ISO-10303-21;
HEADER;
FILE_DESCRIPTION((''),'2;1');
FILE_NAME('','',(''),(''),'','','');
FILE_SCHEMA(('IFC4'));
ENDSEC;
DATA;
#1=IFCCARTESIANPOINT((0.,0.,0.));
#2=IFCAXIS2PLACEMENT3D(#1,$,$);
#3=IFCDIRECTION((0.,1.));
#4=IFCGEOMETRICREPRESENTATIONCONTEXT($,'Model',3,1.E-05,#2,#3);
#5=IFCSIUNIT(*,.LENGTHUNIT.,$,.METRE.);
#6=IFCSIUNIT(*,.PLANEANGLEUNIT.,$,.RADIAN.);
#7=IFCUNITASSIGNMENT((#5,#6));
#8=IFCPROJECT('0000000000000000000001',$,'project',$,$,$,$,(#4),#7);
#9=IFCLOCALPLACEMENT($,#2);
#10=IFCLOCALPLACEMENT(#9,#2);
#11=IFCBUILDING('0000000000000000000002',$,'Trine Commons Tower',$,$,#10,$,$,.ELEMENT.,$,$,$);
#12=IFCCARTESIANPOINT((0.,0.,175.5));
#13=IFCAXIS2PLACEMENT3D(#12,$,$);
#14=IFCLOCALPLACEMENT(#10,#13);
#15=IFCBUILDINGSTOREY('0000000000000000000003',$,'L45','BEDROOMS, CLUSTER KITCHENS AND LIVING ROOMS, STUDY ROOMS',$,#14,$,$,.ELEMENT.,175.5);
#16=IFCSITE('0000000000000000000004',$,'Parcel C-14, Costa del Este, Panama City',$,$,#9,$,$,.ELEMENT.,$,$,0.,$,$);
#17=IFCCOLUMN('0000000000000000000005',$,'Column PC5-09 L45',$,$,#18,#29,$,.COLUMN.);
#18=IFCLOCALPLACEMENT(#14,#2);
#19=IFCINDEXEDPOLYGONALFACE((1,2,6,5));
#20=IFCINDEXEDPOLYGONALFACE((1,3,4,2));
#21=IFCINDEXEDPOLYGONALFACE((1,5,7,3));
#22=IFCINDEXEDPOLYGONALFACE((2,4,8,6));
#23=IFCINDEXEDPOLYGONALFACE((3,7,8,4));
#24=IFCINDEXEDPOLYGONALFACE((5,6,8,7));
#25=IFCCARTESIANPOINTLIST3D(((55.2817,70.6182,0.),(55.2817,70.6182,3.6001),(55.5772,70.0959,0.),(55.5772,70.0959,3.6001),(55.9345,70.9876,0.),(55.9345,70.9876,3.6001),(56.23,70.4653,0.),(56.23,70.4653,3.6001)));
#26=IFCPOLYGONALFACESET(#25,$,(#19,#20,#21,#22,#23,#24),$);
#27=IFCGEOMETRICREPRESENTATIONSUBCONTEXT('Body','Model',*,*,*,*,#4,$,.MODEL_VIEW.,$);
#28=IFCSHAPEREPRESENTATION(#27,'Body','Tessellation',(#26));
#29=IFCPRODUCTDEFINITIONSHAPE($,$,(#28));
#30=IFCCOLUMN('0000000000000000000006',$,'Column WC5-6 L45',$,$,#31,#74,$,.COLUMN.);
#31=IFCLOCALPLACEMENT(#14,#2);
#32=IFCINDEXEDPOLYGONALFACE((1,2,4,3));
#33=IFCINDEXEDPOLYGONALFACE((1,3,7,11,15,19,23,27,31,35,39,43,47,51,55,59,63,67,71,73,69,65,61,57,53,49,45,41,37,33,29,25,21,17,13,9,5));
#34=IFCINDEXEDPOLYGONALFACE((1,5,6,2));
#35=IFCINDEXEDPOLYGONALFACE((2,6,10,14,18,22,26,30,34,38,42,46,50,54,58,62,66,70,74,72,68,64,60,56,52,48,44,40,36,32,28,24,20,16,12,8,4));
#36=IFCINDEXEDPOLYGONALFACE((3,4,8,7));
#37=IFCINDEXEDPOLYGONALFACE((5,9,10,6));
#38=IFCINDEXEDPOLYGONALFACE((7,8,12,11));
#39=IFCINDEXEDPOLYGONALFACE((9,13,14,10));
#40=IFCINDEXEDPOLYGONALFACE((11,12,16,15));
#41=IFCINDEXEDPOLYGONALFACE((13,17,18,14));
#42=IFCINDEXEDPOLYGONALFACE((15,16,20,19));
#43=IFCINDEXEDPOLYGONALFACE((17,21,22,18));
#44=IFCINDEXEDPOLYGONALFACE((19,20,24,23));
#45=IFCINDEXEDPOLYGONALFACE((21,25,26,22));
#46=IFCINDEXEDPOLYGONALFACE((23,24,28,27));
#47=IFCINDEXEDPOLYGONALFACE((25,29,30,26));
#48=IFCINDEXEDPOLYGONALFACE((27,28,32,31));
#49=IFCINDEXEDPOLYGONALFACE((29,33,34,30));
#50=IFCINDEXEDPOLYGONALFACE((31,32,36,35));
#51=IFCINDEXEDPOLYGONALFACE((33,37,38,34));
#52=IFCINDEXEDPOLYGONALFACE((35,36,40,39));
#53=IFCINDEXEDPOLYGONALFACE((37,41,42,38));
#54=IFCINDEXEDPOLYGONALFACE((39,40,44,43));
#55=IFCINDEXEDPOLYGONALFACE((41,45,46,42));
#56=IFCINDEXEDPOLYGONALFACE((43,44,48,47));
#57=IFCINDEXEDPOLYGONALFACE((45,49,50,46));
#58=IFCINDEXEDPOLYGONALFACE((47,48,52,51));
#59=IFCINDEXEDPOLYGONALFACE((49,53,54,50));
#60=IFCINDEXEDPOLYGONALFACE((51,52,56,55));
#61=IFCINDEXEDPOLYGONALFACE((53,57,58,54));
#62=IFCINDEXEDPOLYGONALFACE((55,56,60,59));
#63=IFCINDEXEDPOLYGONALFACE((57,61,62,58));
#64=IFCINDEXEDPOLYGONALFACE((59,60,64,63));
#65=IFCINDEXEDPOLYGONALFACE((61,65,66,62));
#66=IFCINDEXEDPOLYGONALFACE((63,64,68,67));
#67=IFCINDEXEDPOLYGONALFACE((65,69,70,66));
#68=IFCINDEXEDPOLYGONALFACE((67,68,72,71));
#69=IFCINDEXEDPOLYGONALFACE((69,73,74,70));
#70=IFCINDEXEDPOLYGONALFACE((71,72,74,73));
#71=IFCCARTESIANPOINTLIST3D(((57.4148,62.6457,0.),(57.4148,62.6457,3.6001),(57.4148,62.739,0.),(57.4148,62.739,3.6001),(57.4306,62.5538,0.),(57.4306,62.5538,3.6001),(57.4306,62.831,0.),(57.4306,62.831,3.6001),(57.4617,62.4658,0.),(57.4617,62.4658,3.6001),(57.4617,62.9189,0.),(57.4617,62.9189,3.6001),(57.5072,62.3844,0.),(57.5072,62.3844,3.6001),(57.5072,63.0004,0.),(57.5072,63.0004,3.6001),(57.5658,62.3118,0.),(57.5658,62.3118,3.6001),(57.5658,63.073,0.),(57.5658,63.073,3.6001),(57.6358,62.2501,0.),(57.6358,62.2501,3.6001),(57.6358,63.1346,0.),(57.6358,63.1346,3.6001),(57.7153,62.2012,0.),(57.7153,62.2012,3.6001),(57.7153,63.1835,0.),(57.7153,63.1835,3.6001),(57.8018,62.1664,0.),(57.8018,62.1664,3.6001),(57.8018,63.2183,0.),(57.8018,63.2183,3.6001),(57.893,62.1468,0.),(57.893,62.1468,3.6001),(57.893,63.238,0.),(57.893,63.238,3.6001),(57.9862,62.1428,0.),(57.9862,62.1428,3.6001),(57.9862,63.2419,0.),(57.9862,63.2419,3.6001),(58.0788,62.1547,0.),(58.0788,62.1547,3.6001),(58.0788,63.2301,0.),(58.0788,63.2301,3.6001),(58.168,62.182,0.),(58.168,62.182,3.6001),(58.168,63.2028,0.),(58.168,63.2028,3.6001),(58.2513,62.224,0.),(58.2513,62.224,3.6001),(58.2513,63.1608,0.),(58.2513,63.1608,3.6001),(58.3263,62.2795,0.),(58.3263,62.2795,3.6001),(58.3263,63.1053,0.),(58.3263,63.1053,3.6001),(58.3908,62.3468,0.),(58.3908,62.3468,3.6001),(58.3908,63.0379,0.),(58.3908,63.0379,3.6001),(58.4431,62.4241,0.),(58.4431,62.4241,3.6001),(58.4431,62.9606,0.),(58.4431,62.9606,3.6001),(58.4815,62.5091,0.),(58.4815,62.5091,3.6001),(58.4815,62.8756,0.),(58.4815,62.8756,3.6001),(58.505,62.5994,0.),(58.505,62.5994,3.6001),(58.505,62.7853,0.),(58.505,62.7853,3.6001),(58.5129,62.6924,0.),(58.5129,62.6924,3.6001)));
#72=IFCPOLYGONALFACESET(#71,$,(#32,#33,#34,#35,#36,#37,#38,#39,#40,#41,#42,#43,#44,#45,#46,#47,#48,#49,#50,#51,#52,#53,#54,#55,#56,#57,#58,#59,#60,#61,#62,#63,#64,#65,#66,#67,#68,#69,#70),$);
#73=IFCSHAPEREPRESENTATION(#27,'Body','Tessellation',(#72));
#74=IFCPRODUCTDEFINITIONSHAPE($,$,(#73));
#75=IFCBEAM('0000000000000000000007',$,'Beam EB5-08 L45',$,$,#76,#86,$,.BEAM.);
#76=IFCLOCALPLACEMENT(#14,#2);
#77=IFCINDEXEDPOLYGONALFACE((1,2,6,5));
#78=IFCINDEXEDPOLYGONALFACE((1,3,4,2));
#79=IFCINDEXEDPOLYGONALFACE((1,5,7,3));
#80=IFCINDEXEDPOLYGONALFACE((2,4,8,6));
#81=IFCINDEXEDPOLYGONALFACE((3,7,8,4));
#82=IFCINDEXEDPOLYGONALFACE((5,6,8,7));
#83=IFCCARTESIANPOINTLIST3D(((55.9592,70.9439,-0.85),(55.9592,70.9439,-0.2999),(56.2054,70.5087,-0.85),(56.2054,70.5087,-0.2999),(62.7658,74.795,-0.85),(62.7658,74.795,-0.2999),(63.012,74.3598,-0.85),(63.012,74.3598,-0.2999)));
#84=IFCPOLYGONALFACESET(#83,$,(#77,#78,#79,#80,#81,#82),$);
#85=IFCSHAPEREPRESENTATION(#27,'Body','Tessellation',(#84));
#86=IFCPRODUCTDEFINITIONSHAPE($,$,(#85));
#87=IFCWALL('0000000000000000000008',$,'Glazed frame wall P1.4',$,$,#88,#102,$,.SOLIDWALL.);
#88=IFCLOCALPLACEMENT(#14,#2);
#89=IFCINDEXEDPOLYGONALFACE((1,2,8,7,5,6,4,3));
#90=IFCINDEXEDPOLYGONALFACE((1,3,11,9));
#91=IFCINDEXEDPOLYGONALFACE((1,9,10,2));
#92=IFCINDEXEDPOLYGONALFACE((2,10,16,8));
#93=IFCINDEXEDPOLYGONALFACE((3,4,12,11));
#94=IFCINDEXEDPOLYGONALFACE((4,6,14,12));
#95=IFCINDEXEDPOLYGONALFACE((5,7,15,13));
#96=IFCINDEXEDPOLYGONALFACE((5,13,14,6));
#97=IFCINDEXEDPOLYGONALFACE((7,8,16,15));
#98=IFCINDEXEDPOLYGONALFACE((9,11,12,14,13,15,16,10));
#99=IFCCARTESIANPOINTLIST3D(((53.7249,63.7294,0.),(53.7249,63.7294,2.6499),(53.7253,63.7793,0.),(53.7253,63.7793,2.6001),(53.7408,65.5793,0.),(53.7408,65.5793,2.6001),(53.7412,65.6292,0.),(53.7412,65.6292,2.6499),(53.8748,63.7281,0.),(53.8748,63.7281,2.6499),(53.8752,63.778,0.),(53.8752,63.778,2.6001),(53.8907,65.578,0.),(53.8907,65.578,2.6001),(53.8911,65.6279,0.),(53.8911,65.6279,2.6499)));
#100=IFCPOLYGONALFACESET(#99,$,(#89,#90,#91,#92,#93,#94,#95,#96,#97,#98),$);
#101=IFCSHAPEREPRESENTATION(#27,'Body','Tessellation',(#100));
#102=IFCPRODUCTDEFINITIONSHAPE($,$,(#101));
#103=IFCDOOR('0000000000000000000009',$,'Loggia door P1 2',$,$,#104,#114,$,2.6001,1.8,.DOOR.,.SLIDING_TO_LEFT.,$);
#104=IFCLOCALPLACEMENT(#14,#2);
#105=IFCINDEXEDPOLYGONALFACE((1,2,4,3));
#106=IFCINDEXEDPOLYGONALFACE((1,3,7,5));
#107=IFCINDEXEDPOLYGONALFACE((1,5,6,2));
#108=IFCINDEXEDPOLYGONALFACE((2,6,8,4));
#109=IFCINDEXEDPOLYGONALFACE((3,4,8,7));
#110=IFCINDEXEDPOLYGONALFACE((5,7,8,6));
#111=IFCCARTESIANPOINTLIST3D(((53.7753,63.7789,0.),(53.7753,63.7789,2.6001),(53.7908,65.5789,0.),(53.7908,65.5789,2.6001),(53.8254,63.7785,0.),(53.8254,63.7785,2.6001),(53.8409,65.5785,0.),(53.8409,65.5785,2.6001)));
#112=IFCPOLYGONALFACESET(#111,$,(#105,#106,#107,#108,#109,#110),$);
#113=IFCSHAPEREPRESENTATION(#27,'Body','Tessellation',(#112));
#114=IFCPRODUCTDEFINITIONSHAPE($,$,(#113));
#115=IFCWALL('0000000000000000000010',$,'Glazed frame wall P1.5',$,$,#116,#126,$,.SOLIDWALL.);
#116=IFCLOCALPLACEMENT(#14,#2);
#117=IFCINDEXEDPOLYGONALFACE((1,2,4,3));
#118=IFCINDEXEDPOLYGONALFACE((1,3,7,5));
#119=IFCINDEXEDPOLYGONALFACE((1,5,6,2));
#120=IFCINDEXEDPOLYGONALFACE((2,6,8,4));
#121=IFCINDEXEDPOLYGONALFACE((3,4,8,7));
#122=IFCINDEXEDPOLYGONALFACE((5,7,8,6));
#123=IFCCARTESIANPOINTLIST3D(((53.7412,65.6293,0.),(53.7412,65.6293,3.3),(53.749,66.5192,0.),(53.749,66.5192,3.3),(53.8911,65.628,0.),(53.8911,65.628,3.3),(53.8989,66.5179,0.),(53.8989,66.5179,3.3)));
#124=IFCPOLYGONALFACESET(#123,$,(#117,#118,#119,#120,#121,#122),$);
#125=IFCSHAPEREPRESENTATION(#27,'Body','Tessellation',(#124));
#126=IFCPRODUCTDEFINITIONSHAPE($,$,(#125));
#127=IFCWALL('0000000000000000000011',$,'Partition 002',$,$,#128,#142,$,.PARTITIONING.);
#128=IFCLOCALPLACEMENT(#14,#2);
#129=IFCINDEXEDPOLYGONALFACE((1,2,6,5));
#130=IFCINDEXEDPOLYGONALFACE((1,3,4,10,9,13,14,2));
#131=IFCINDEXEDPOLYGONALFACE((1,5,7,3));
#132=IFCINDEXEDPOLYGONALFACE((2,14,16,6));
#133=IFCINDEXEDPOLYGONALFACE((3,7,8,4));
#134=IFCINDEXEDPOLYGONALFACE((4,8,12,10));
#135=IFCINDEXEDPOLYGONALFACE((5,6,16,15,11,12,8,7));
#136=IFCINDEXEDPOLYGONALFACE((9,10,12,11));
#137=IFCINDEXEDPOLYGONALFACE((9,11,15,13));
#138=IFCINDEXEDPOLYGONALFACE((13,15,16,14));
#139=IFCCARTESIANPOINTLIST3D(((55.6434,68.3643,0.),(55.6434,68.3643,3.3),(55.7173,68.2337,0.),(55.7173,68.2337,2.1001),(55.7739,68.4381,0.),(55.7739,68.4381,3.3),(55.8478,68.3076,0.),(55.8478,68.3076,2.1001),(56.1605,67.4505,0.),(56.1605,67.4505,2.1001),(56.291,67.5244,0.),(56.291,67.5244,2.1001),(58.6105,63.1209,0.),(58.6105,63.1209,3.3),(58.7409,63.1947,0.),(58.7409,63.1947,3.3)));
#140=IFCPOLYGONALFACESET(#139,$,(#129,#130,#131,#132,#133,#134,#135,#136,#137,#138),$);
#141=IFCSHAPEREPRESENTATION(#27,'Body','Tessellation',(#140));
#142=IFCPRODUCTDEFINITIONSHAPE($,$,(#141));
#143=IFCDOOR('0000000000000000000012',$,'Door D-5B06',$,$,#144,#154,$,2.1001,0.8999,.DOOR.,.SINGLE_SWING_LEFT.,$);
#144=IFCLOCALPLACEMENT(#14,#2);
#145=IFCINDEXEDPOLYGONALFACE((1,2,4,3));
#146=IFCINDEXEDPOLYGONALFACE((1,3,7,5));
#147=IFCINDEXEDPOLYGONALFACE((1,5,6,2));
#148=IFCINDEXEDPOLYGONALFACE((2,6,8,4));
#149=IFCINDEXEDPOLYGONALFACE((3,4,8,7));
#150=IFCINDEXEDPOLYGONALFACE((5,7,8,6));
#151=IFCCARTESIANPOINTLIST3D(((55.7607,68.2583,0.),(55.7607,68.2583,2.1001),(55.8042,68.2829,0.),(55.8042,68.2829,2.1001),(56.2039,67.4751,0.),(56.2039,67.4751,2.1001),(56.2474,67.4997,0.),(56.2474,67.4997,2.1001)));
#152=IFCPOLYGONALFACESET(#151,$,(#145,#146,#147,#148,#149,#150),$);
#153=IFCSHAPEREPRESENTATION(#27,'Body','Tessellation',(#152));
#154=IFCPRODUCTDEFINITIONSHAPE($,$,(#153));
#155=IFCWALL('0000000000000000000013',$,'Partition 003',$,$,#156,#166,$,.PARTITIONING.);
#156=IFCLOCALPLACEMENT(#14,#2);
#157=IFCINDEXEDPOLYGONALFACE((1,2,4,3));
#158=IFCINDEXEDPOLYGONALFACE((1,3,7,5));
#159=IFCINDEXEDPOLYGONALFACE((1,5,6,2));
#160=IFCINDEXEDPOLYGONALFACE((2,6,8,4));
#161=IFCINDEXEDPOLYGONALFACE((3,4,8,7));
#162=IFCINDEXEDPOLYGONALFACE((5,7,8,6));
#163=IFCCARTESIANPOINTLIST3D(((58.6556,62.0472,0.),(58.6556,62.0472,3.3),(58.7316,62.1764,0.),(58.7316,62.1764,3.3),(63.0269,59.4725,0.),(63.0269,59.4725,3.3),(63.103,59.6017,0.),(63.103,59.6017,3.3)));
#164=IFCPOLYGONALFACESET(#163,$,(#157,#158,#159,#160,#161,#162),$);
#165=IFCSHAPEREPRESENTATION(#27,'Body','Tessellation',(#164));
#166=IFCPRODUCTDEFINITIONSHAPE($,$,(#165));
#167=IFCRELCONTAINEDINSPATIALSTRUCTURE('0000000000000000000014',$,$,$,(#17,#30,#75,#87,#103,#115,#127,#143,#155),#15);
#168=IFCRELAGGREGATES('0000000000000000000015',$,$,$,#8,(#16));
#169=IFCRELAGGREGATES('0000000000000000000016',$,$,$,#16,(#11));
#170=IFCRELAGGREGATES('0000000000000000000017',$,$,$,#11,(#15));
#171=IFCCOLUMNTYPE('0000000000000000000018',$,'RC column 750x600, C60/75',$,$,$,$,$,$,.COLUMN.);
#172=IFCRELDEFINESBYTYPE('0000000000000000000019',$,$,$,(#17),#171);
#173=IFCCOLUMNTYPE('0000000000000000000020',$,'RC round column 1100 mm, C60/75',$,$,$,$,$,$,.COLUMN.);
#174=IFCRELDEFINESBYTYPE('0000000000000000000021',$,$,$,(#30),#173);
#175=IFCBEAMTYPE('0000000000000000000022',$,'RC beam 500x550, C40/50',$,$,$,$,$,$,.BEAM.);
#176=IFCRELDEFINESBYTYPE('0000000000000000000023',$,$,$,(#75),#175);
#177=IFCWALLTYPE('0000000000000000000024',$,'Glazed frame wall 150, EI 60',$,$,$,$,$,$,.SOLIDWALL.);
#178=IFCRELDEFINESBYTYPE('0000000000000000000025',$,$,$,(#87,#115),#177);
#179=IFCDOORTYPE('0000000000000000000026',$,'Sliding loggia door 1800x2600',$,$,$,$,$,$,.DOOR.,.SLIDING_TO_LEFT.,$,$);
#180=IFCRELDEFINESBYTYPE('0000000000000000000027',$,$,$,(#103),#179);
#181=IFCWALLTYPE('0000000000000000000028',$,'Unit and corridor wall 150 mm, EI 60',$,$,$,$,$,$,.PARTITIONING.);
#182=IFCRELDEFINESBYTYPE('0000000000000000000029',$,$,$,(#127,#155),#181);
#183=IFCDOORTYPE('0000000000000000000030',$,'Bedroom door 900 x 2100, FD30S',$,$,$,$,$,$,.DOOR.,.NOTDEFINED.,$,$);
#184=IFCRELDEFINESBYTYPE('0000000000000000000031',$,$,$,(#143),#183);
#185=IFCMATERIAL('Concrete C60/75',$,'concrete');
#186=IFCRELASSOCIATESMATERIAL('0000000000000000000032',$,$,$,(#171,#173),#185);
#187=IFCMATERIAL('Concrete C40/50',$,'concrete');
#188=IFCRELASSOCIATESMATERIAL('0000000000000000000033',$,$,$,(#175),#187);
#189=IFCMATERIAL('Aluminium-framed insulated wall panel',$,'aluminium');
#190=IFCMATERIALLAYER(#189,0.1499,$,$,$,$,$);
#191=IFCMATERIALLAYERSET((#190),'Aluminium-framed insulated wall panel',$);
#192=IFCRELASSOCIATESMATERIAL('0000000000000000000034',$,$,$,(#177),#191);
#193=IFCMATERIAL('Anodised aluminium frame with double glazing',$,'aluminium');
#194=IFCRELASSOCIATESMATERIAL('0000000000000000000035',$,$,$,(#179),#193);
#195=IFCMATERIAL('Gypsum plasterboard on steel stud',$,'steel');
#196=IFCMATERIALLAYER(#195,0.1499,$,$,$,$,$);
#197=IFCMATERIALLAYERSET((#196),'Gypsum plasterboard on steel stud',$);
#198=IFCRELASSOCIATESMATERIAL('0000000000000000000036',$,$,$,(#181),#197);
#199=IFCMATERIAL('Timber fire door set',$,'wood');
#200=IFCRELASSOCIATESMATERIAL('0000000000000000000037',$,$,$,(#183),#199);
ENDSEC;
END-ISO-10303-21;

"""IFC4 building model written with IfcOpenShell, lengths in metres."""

from ifc_helpers import new_model, si_unit, direction, frame, frame_2d, origin, origin_2d, place, context, subcontext, project, spatial, polyline, rectangle, circle, outline, extrude, material, layer, layer_set, material_profile, profile_set, type_object, element, fill, save


model = new_model("IFC4")

# Units and contexts
model_context = context("Model", 3, precision=1e-05, world=origin(), true_north=direction((0.0, 1.0)))
body_context = subcontext(model_context, "Body", "Model", "MODEL_VIEW")
ifc_project = project(units=[si_unit("LENGTHUNIT", "METRE"), si_unit("PLANEANGLEUNIT", "RADIAN")], contexts=[model_context])

# Site, building, storey
site_placement = place(None, origin())
site = spatial("IfcSite", under=ifc_project, at=site_placement, Name="Parcel C-14, Costa del Este, Panama City", CompositionType="ELEMENT", RefElevation=0.0)
building_placement = place(site_placement, origin())
building = spatial("IfcBuilding", under=site, at=building_placement, Name="Trine Commons Tower", CompositionType="ELEMENT")
storey_placement = place(building_placement, frame((0.0, 0.0, 175.5)))
storey = spatial("IfcBuildingStorey", under=building, at=storey_placement, Name="L45", Description="BEDROOMS, CLUSTER KITCHENS AND LIVING ROOMS, STUDY ROOMS", CompositionType="ELEMENT", Elevation=175.5)

# Columns
ifc_material_1 = material(Name="Concrete C60/75", Category="concrete")
ifc_material_profile_1 = material_profile(ifc_material_1, rectangle(XDim=0.75, YDim=0.6001, at=origin_2d()), Name="RC 750x600")
ifc_profile_set_1 = profile_set([ifc_material_profile_1], Name="Concrete C60/75")
column_type_1 = type_object("IfcColumnType", Name="RC column 750x600, C60/75", PredefinedType="COLUMN", material=ifc_profile_set_1)
column_1_placement = place(storey_placement, frame((55.7559, 70.5417, 0.0), z_axis=(0.0, 0.0, 1.0), x_axis=(0.870356, 0.492424, 0.0)))
element("IfcColumn", 1, at=column_1_placement, inside=storey, type_object=column_type_1, Name="Column PC5-09 L45", PredefinedType="COLUMN", context=body_context, shape_type="SweptSolid", body=[
    extrude(rectangle(XDim=0.75, YDim=0.6001, at=origin_2d()), origin(), (0.0, 0.0, 1.0), 3.6001),
])
ifc_material_profile_2 = material_profile(ifc_material_1, circle(Radius=0.55, at=origin_2d()), Name="RC round 1100")
ifc_profile_set_2 = profile_set([ifc_material_profile_2], Name="Concrete C60/75")
column_type_2 = type_object("IfcColumnType", Name="RC round column 1100 mm, C60/75", PredefinedType="COLUMN", material=ifc_profile_set_2)
column_2_placement = place(storey_placement, frame((57.9629, 62.6924, 0.0), z_axis=(0.0, 0.0, 1.0), x_axis=(1.0, 0.0, 0.0)))
element("IfcColumn", 2, at=column_2_placement, inside=storey, type_object=column_type_2, Name="Column WC5-6 L45", PredefinedType="COLUMN", context=body_context, shape_type="SweptSolid", body=[
    extrude(circle(Radius=0.55, at=origin_2d()), origin(), (0.0, 0.0, 1.0), 3.6001),
])

# Beam
ifc_material_2 = material(Name="Concrete C40/50", Category="concrete")
ifc_material_profile_3 = material_profile(ifc_material_2, rectangle(XDim=0.5, YDim=0.55, at=origin_2d()), Name="RC 500x550")
ifc_profile_set_3 = profile_set([ifc_material_profile_3], Name="Concrete C40/50")
beam_type = type_object("IfcBeamType", Name="RC beam 500x550, C40/50", PredefinedType="BEAM", material=ifc_profile_set_3)
beam_placement = place(storey_placement, frame((56.0823, 70.7263, -0.575), z_axis=(0.870352, 0.49243, 0.0), x_axis=(-0.49243, 0.870352, 0.0)))
element("IfcBeam", 3, at=beam_placement, inside=storey, type_object=beam_type, Name="Beam EB5-08 L45", PredefinedType="BEAM", context=body_context, shape_type="SweptSolid", body=[
    extrude(rectangle(XDim=0.5, YDim=0.55, at=origin_2d()), origin(), (0.0, 0.0, 1.0), 7.8206),
])

# Wall, opening, door
ifc_material_3 = material(Name="Aluminium-framed insulated wall panel", Category="aluminium")
ifc_layer_1 = layer(ifc_material_3, 0.1499)
ifc_layer_set_1 = layer_set([ifc_layer_1], Name="Aluminium-framed insulated wall panel")
wall_type_1 = type_object("IfcWallType", Name="Glazed frame wall 150, EI 60", PredefinedType="SOLIDWALL", material=ifc_layer_set_1)
wall_1_placement = place(storey_placement, frame((53.7998, 63.7288, 0.0), z_axis=(0.0, 0.0, 1.0), x_axis=(0.008609, 0.999963, 0.0)))
wall_1 = element("IfcWall", 4, at=wall_1_placement, inside=storey, type_object=wall_type_1, Name="Glazed frame wall P1.4", PredefinedType="SOLIDWALL", context=body_context, shape_type="SweptSolid", body=[
    extrude(outline(polyline([(0.0, -0.075), (1.8999, -0.075), (1.8999, 0.075), (0.0, 0.075), (0.0, -0.075)])), origin(), (0.0, 0.0, 1.0), 2.6499),
])
opening_1_placement = place(wall_1_placement, frame((0.05, 0.0, 0.0)))
opening_1 = element("IfcOpeningElement", 5, at=opening_1_placement, cuts=wall_1, PredefinedType="OPENING", context=body_context, shape_type="SweptSolid", body=[
    extrude(rectangle(XDim=1.8, YDim=2.6001, at=frame_2d((0.8999, 1.3))), frame((0.0, 0.085, 0.0), z_axis=(0.0, -1.0, 0.0), x_axis=(1.0, 0.0, 0.0)), (0.0, 0.0, 1.0), 0.1699),
])
ifc_material_4 = material(Name="Anodised aluminium frame with double glazing", Category="aluminium")
door_type_1 = type_object("IfcDoorType", Name="Sliding loggia door 1800x2600", OperationType="SLIDING_TO_LEFT", PredefinedType="DOOR", material=ifc_material_4)
door_1_placement = place(opening_1_placement, origin())
door_1 = element("IfcDoor", 6, at=door_1_placement, inside=storey, type_object=door_type_1, Name="Loggia door P1 2", OperationType="SLIDING_TO_LEFT", OverallHeight=2.6001, OverallWidth=1.8, PredefinedType="DOOR", context=body_context, shape_type="SweptSolid", body=[
    extrude(rectangle(XDim=1.8, YDim=2.6001, at=frame_2d((0.8999, 1.3))), frame((0.0, 0.0249, 0.0), z_axis=(0.0, -1.0, 0.0), x_axis=(1.0, 0.0, 0.0)), (0.0, 0.0, 1.0), 0.05),
])
fill(opening_1, door_1)

# Wall
wall_2_placement = place(storey_placement, frame((53.8162, 65.6287, 0.0), z_axis=(0.0, 0.0, 1.0), x_axis=(0.008789, 0.999961, 0.0)))
element("IfcWall", 7, at=wall_2_placement, inside=storey, type_object=wall_type_1, Name="Glazed frame wall P1.5", PredefinedType="SOLIDWALL", context=body_context, shape_type="SweptSolid", body=[
    extrude(outline(polyline([(0.8899, 0.075), (0.0, 0.075), (0.0, -0.075), (0.8899, -0.075), (0.8899, 0.075)])), origin(), (0.0, 0.0, 1.0), 3.3),
])

# Wall, opening, door
ifc_material_5 = material(Name="Gypsum plasterboard on steel stud", Category="steel")
ifc_layer_2 = layer(ifc_material_5, 0.1499)
ifc_layer_set_2 = layer_set([ifc_layer_2], Name="Gypsum plasterboard on steel stud")
wall_type_2 = type_object("IfcWallType", Name="Unit and corridor wall 150 mm, EI 60", PredefinedType="PARTITIONING", material=ifc_layer_set_2)
wall_3_placement = place(storey_placement, frame((55.7087, 68.4011, 0.0), z_axis=(0.0, 0.0, 1.0), x_axis=(0.492482, -0.870323, 0.0)))
wall_3 = element("IfcWall", 8, at=wall_3_placement, inside=storey, type_object=wall_type_2, Name="Partition 002", PredefinedType="PARTITIONING", context=body_context, shape_type="SweptSolid", body=[
    extrude(rectangle(XDim=6.0247, YDim=0.1499, at=frame_2d((3.0122, 0.0))), origin(), (0.0, 0.0, 1.0), 3.3),
])
opening_2_placement = place(wall_3_placement, frame((0.1499, 0.0, 0.0)))
opening_2 = element("IfcOpeningElement", 9, at=opening_2_placement, cuts=wall_3, PredefinedType="OPENING", context=body_context, shape_type="SweptSolid", body=[
    extrude(rectangle(XDim=0.8999, YDim=2.1001, at=frame_2d((0.45, 1.05))), frame((0.0, 0.085, 0.0), z_axis=(0.0, -1.0, 0.0), x_axis=(1.0, 0.0, 0.0)), (0.0, 0.0, 1.0), 0.1699),
])
ifc_material_6 = material(Name="Timber fire door set", Category="wood")
door_type_2 = type_object("IfcDoorType", Name="Bedroom door 900 x 2100, FD30S", OperationType="NOTDEFINED", PredefinedType="DOOR", material=ifc_material_6)
door_2_placement = place(opening_2_placement, origin())
door_2 = element("IfcDoor", 10, at=door_2_placement, inside=storey, type_object=door_type_2, Name="Door D-5B06", OperationType="SINGLE_SWING_LEFT", OverallHeight=2.1001, OverallWidth=0.8999, PredefinedType="DOOR", context=body_context, shape_type="SweptSolid", body=[
    extrude(rectangle(XDim=0.8999, YDim=2.1001, at=frame_2d((0.45, 1.05))), frame((0.0, 0.0249, 0.0), z_axis=(0.0, -1.0, 0.0), x_axis=(1.0, 0.0, 0.0)), (0.0, 0.0, 1.0), 0.05),
])
fill(opening_2, door_2)

# Wall
wall_4_placement = place(storey_placement, frame((58.6936, 62.1118, 0.0), z_axis=(0.0, 0.0, 1.0), x_axis=(0.861647, -0.507508, 0.0)))
element("IfcWall", 11, at=wall_4_placement, inside=storey, type_object=wall_type_2, Name="Partition 003", PredefinedType="PARTITIONING", context=body_context, shape_type="SweptSolid", body=[
    extrude(rectangle(XDim=5.0732, YDim=0.1499, at=frame_2d((2.5366, 0.0))), origin(), (0.0, 0.0, 1.0), 3.3),
])

save(model, "model.ifc")
